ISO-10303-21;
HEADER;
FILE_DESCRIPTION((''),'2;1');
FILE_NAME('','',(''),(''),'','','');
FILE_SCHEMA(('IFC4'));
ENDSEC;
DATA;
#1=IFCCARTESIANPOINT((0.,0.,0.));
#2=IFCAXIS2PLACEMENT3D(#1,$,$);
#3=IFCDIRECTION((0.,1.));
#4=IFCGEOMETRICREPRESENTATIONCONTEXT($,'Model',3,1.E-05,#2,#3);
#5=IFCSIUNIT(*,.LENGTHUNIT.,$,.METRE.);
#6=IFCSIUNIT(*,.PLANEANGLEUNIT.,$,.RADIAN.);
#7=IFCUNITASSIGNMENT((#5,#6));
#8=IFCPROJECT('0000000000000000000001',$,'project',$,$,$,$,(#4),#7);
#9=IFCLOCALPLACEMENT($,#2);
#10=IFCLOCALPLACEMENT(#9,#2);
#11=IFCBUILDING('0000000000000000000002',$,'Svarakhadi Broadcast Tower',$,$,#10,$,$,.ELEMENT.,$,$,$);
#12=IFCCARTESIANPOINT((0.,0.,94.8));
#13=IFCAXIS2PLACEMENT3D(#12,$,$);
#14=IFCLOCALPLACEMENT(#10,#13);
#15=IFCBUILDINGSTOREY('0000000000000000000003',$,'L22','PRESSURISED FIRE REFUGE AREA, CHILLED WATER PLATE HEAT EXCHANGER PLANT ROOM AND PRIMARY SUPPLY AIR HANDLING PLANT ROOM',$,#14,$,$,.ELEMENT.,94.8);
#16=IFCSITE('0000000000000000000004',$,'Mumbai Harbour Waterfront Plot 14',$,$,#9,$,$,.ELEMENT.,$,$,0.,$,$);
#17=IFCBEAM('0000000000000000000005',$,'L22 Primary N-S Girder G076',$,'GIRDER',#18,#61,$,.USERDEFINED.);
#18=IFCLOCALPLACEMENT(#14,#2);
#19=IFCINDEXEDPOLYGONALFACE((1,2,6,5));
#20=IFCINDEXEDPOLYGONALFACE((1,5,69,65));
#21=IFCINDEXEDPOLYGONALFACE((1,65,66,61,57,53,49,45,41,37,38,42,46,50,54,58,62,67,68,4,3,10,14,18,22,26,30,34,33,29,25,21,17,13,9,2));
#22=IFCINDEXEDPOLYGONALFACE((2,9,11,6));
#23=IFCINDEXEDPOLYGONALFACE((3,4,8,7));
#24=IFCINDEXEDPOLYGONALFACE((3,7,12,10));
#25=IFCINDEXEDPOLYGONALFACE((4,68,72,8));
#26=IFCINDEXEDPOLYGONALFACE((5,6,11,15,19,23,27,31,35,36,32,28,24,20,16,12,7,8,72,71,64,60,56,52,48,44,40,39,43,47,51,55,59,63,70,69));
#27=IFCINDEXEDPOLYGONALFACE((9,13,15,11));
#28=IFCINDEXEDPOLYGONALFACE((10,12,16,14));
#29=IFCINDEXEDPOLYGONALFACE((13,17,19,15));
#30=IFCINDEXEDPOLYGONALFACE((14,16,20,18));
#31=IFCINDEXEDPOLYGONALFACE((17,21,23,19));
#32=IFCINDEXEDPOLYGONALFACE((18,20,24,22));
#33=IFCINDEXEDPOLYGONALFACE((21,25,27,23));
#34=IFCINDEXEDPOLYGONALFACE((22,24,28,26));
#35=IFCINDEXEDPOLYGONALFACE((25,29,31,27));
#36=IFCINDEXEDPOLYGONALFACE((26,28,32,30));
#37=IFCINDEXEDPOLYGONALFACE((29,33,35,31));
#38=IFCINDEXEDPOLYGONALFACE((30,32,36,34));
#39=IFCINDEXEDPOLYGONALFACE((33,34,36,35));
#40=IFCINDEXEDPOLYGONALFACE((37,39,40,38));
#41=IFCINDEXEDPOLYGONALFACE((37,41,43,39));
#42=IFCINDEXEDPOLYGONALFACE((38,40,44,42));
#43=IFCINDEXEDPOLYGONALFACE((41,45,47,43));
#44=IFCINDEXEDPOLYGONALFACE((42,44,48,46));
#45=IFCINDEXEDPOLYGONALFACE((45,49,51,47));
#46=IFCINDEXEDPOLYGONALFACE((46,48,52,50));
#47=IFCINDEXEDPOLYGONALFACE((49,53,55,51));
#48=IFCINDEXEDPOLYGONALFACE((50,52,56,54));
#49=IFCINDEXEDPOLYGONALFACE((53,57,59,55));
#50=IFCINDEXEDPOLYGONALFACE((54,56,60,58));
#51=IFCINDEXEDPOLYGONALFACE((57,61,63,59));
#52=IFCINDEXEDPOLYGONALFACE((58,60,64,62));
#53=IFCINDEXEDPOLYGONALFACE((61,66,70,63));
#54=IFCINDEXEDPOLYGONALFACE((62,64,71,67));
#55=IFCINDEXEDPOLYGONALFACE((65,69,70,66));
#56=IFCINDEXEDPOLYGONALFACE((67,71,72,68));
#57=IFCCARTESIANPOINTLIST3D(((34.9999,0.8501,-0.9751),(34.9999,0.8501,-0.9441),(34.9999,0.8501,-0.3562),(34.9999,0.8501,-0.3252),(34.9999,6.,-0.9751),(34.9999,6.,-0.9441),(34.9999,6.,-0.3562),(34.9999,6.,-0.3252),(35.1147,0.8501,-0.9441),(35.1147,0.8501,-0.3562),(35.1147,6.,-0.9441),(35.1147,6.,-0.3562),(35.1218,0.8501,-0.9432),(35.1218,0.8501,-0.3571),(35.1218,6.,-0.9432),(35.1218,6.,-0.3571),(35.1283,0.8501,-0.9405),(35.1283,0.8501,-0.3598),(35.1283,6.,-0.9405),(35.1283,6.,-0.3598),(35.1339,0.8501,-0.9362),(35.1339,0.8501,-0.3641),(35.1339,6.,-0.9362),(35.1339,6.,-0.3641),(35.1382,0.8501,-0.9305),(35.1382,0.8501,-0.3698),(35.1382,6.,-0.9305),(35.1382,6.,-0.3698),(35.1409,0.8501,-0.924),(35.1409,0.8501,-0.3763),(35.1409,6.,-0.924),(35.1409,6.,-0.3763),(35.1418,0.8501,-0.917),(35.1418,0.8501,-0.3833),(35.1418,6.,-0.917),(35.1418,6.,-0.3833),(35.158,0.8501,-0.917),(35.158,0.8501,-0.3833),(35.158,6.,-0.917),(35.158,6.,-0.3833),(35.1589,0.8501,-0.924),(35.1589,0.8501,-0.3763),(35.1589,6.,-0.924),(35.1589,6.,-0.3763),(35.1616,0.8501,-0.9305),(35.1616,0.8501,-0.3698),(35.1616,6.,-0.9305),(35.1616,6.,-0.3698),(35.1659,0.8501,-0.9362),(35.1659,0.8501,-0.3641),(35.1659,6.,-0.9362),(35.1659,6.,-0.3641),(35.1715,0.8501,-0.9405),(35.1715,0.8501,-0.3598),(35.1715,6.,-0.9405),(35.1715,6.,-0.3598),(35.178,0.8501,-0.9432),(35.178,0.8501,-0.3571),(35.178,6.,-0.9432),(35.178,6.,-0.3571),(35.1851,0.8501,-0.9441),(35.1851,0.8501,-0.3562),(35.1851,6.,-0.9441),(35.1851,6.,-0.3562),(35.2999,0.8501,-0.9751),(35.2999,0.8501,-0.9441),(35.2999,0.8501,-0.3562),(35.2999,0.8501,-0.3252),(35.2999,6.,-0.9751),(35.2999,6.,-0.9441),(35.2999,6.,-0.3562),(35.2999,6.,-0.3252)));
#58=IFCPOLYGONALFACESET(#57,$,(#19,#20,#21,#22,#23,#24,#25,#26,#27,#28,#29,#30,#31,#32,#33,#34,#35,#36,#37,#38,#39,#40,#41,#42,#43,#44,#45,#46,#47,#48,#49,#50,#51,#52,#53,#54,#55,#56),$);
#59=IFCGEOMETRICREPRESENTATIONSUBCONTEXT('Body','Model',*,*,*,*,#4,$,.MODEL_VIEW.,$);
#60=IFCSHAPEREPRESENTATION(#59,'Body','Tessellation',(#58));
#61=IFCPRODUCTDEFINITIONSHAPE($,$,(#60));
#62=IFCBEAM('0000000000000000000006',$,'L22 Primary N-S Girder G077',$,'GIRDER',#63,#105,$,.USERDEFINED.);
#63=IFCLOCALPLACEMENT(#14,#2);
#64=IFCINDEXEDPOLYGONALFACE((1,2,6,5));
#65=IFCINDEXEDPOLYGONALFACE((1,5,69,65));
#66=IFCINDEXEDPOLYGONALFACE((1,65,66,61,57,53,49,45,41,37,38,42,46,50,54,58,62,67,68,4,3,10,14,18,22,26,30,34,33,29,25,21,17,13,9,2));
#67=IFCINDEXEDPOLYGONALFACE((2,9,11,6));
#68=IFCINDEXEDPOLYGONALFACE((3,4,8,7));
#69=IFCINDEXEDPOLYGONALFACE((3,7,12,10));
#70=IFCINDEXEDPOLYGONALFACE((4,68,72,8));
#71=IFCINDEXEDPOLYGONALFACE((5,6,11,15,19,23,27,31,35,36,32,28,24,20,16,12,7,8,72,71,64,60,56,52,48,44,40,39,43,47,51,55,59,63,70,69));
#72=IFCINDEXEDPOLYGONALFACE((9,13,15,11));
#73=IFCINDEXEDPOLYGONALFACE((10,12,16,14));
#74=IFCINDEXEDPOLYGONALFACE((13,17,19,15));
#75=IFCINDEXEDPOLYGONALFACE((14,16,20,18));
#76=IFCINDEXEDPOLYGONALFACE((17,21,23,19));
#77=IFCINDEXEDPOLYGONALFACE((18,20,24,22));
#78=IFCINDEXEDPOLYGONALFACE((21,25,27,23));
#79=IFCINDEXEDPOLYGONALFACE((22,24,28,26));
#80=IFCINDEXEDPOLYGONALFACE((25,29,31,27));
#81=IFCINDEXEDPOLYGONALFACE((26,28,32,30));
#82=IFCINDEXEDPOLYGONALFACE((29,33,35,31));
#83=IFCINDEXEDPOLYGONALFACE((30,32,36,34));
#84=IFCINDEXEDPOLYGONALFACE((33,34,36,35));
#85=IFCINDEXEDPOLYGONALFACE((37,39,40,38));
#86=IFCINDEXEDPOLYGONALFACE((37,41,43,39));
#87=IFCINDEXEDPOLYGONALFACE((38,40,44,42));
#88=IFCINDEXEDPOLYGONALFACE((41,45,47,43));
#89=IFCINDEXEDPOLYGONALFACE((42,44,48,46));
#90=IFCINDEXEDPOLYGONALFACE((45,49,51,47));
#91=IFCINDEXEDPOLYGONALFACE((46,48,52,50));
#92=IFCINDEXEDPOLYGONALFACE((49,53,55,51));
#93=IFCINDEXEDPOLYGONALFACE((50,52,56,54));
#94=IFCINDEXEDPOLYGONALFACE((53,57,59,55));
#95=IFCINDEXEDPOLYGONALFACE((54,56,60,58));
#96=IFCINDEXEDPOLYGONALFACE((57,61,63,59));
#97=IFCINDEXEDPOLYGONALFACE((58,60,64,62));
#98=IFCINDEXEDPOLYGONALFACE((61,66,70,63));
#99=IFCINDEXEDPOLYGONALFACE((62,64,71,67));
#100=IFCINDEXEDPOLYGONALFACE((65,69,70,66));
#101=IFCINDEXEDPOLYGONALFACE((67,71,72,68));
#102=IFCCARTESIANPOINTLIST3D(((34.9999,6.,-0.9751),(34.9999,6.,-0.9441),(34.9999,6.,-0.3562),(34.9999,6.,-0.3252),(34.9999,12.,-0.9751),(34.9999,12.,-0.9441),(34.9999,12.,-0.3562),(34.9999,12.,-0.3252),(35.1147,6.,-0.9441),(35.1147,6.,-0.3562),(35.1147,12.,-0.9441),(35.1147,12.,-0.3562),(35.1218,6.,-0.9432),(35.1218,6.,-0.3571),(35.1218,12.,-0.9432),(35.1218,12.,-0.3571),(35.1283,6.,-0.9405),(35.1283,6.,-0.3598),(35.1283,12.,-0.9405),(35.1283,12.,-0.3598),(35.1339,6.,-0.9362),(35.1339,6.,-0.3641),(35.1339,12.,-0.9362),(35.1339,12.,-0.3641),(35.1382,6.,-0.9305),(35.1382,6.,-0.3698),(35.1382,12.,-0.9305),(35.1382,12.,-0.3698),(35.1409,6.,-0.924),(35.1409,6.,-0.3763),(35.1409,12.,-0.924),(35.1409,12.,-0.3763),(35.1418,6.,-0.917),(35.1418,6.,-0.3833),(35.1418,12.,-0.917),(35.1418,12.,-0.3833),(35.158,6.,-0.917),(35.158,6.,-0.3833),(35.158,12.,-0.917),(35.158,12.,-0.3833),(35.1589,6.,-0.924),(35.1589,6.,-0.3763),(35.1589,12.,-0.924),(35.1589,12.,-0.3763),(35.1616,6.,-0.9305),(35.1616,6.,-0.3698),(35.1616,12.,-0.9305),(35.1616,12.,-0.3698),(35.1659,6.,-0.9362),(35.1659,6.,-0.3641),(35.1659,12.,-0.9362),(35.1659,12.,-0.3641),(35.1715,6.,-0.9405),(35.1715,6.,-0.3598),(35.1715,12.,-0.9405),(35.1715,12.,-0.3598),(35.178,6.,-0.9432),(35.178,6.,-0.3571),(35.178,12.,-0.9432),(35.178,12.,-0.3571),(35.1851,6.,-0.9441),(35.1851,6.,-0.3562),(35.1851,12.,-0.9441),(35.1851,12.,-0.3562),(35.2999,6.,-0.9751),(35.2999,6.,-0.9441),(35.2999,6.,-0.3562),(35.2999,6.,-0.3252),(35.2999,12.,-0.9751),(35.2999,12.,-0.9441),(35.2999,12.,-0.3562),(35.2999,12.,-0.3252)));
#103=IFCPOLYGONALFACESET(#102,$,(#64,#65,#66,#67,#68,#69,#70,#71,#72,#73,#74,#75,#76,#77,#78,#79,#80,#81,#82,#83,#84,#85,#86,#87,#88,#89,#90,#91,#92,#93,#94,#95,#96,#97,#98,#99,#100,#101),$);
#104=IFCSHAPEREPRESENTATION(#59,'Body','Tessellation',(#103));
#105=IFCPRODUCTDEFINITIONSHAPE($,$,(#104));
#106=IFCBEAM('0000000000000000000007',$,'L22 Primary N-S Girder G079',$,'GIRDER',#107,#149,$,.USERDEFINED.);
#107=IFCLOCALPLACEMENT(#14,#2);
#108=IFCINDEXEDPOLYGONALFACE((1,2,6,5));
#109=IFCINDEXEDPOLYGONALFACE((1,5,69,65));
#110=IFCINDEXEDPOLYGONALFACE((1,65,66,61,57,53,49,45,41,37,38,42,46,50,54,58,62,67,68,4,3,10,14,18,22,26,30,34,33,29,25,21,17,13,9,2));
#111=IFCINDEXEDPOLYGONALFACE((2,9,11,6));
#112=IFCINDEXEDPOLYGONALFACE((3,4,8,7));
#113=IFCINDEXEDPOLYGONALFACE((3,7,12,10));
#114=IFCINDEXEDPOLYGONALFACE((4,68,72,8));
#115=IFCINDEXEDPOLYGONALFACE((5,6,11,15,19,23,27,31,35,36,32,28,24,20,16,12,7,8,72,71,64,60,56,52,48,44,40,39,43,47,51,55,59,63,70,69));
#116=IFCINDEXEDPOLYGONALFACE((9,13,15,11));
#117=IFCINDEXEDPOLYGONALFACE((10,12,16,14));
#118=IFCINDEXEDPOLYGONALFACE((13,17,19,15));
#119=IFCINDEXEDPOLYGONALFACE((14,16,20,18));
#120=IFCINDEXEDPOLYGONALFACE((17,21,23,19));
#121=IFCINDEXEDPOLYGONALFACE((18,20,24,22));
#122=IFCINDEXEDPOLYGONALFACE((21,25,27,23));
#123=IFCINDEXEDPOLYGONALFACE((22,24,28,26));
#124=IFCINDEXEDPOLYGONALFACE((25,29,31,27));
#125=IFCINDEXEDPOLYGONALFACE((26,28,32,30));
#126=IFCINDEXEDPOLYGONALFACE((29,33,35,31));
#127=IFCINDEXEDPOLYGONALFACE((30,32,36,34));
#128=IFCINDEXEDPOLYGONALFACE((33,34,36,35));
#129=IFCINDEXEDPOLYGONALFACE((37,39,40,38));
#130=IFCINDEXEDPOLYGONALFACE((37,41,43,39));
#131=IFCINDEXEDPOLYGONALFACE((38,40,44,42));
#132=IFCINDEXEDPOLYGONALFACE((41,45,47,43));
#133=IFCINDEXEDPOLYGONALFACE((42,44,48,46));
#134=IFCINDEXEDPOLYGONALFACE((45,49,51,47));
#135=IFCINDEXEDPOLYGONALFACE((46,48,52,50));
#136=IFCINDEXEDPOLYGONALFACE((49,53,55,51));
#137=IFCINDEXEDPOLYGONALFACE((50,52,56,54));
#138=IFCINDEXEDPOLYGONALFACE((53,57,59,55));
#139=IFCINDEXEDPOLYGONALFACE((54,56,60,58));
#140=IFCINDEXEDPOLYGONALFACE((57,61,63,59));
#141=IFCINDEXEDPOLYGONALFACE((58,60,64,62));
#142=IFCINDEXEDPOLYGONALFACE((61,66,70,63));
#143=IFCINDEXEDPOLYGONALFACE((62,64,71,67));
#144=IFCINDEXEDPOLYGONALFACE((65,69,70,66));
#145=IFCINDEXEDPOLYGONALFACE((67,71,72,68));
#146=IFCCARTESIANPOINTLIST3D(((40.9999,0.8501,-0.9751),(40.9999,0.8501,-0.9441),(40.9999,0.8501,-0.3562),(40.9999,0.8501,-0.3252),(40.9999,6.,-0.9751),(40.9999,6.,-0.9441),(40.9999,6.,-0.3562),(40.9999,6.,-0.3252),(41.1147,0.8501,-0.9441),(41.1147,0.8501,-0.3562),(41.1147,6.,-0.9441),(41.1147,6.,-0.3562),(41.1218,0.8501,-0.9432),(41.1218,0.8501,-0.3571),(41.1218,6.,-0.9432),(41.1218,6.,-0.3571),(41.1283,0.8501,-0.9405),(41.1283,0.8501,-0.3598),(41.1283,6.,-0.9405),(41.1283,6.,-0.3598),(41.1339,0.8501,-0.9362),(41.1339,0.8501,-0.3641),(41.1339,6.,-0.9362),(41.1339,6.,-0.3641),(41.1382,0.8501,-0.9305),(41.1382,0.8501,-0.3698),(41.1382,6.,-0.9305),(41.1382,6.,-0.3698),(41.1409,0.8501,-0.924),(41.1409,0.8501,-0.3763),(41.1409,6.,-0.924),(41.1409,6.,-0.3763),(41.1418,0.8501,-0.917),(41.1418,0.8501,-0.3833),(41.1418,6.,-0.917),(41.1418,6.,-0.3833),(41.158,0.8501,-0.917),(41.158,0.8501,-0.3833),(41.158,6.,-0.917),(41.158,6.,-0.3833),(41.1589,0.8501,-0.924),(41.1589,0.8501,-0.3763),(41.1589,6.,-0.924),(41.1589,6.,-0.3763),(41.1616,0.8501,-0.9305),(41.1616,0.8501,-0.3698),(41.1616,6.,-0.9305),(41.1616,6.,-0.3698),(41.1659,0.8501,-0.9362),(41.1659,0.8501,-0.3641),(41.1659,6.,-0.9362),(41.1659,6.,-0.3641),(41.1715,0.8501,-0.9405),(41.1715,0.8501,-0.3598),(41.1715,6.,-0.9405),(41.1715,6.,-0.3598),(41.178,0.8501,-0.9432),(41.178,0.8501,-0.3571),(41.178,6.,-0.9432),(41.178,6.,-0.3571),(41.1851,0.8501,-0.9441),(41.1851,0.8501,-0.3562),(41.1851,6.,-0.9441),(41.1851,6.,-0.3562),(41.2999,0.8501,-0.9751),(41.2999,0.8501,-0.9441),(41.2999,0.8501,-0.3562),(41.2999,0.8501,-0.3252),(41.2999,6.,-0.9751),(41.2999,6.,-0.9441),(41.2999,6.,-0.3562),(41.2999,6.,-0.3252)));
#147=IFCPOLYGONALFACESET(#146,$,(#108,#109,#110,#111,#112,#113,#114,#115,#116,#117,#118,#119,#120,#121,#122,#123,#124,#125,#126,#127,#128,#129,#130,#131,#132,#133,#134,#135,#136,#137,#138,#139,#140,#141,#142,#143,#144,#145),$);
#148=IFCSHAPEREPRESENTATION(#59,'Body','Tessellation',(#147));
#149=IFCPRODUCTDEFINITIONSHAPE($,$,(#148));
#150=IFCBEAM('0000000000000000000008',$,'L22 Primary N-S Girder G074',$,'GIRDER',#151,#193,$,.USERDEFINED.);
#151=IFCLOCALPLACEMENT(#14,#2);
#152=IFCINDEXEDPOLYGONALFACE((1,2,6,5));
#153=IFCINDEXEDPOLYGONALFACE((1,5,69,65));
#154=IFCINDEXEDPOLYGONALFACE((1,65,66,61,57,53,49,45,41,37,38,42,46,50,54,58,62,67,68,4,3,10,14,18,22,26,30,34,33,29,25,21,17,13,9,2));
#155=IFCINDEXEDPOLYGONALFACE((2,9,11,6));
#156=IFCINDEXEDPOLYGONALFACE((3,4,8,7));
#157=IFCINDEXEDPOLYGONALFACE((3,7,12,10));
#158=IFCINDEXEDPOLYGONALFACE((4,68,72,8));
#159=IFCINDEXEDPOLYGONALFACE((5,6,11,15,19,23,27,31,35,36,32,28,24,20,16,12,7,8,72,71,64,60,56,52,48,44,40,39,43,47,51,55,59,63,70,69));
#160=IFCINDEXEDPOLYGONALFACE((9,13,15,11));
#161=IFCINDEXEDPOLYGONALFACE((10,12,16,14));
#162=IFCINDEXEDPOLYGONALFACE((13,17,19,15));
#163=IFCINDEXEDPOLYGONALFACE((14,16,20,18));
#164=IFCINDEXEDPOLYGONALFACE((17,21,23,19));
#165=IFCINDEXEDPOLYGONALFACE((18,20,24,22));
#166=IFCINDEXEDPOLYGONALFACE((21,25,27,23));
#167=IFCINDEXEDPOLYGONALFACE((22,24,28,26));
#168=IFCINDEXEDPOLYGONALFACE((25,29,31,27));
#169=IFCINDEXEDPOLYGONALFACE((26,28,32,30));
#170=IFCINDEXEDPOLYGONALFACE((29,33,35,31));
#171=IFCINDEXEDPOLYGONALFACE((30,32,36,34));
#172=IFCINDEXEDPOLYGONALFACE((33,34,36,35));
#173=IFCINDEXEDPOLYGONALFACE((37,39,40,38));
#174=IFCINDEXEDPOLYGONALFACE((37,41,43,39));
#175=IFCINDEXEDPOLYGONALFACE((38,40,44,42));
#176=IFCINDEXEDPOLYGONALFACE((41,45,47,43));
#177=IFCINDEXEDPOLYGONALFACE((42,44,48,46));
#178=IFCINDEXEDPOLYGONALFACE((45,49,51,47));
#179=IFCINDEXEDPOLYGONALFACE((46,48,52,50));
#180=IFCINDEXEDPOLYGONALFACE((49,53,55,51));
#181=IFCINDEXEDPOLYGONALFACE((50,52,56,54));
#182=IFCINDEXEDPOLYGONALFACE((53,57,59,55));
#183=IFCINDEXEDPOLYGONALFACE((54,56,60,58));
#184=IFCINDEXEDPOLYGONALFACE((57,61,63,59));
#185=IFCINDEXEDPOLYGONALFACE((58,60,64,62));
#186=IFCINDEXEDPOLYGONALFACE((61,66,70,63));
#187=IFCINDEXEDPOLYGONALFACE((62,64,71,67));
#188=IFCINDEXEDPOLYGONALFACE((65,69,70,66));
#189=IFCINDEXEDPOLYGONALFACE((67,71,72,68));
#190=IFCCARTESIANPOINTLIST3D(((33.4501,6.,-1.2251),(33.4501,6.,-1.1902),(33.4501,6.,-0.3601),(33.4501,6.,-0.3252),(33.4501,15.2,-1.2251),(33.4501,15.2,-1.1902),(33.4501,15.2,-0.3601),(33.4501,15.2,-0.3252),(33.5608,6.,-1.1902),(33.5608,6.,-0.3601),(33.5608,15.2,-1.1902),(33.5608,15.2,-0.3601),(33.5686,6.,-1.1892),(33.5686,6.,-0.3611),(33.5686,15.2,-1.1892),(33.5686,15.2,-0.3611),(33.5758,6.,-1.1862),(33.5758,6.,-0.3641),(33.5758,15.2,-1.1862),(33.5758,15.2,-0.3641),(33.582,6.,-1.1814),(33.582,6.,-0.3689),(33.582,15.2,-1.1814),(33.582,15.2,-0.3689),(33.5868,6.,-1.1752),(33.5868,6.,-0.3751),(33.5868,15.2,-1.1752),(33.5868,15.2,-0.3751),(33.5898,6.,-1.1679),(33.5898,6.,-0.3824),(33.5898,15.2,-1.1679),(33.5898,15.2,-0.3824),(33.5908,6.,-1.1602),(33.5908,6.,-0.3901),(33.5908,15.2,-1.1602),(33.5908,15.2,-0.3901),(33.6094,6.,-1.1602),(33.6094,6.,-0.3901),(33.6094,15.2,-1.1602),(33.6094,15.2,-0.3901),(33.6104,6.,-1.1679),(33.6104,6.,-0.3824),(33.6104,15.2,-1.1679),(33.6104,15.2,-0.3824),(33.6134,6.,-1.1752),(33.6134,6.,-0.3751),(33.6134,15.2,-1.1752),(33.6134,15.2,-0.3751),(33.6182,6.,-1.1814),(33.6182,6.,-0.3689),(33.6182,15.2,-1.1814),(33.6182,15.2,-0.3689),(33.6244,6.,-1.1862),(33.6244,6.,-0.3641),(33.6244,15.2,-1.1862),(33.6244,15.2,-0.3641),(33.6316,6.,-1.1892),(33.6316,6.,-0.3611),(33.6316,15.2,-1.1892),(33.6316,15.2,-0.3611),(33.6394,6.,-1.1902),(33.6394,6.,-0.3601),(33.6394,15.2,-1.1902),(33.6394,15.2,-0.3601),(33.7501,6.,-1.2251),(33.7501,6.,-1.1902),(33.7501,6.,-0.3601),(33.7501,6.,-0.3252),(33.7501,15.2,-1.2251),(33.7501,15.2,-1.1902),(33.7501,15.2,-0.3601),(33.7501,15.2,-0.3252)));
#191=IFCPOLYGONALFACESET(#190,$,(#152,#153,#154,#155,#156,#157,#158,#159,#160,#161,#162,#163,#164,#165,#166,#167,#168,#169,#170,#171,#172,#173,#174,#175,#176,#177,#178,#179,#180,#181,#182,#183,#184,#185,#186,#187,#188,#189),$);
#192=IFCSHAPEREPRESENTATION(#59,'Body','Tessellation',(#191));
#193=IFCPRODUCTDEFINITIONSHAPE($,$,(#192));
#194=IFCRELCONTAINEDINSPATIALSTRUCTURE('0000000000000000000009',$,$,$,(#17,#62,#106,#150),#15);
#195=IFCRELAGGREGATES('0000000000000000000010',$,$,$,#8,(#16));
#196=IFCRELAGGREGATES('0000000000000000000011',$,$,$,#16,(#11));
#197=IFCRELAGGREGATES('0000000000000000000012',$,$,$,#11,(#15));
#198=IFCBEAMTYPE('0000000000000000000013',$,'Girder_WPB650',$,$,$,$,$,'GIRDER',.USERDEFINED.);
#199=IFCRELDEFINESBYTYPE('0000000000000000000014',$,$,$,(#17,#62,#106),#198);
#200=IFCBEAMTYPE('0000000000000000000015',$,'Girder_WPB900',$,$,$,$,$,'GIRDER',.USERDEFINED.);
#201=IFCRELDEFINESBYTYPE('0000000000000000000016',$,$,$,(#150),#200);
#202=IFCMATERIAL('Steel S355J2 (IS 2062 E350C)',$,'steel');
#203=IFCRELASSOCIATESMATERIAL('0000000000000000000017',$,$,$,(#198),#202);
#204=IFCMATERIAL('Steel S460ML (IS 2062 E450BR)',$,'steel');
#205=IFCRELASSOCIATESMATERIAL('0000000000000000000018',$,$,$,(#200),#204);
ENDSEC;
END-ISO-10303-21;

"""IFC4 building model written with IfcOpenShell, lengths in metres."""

from ifc_helpers import new_model, si_unit, direction, frame, origin, origin_2d, place, context, subcontext, project, spatial, i_section, extrude, material, material_profile, profile_set, type_object, element, save


model = new_model("IFC4")

# Units and contexts
model_context = context("Model", 3, precision=1e-05, world=origin(), true_north=direction((0.0, 1.0)))
body_context = subcontext(model_context, "Body", "Model", "MODEL_VIEW")
ifc_project = project(units=[si_unit("LENGTHUNIT", "METRE"), si_unit("PLANEANGLEUNIT", "RADIAN")], contexts=[model_context])

# Site, building, storey
site_placement = place(None, origin())
site = spatial("IfcSite", under=ifc_project, at=site_placement, Name="Mumbai Harbour Waterfront Plot 14", CompositionType="ELEMENT", RefElevation=0.0)
building_placement = place(site_placement, origin())
building = spatial("IfcBuilding", under=site, at=building_placement, Name="Svarakhadi Broadcast Tower", CompositionType="ELEMENT")
storey_placement = place(building_placement, frame((0.0, 0.0, 94.8)))
storey = spatial("IfcBuildingStorey", under=building, at=storey_placement, Name="L22", Description="PRESSURISED FIRE REFUGE AREA, CHILLED WATER PLATE HEAT EXCHANGER PLANT ROOM AND PRIMARY SUPPLY AIR HANDLING PLANT ROOM", CompositionType="ELEMENT", Elevation=94.8)

# Shared definitions
ifc_material_1 = material(Name="Steel S460ML (IS 2062 E450BR)", Category="steel")

# Shared definitions
ifc_material_2 = material(Name="Steel S355J2 (IS 2062 E350C)", Category="steel")

# Beams
ifc_material_profile_1 = material_profile(ifc_material_2, i_section(OverallWidth=0.3, OverallDepth=0.6499, WebThickness=0.0161, FlangeThickness=0.031, FilletRadius=0.0271, at=origin_2d()), Name="WPB 650x300x225")
ifc_profile_set_1 = profile_set([ifc_material_profile_1], Name="Steel S355J2 (IS 2062 E350C)")
beam_type_1 = type_object("IfcBeamType", Name="Girder_WPB650", ElementType="GIRDER", PredefinedType="USERDEFINED", material=ifc_profile_set_1)
beam_1_placement = place(storey_placement, frame((35.1499, 0.8501, -0.6501), z_axis=(0.0, 1.0, 0.0), x_axis=(-1.0, 0.0, 0.0)))
element("IfcBeam", 1, at=beam_1_placement, inside=storey, type_object=beam_type_1, Name="L22 Primary N-S Girder G076", ObjectType="GIRDER", PredefinedType="USERDEFINED", context=body_context, shape_type="SweptSolid", body=[
    extrude(i_section(OverallWidth=0.3, OverallDepth=0.6499, WebThickness=0.0161, FlangeThickness=0.031, FilletRadius=0.0271, at=origin_2d()), origin(), (0.0, 0.0, 1.0), 5.1499),
])
beam_2_placement = place(storey_placement, frame((35.1499, 6.0, -0.6501), z_axis=(0.0, 1.0, 0.0), x_axis=(-1.0, 0.0, 0.0)))
element("IfcBeam", 2, at=beam_2_placement, inside=storey, type_object=beam_type_1, Name="L22 Primary N-S Girder G077", ObjectType="GIRDER", PredefinedType="USERDEFINED", context=body_context, shape_type="SweptSolid", body=[
    extrude(i_section(OverallWidth=0.3, OverallDepth=0.6499, WebThickness=0.0161, FlangeThickness=0.031, FilletRadius=0.0271, at=origin_2d()), origin(), (0.0, 0.0, 1.0), 6.0),
])
beam_3_placement = place(storey_placement, frame((41.1499, 0.8501, -0.6501), z_axis=(0.0, 1.0, 0.0), x_axis=(-1.0, 0.0, 0.0)))
element("IfcBeam", 3, at=beam_3_placement, inside=storey, type_object=beam_type_1, Name="L22 Primary N-S Girder G079", ObjectType="GIRDER", PredefinedType="USERDEFINED", context=body_context, shape_type="SweptSolid", body=[
    extrude(i_section(OverallWidth=0.3, OverallDepth=0.6499, WebThickness=0.0161, FlangeThickness=0.031, FilletRadius=0.0271, at=origin_2d()), origin(), (0.0, 0.0, 1.0), 5.1499),
])
ifc_material_profile_2 = material_profile(ifc_material_1, i_section(OverallWidth=0.3, OverallDepth=0.8999, WebThickness=0.0186, FlangeThickness=0.0349, FilletRadius=0.03, at=origin_2d()), Name="WPB 900x300x291")
ifc_profile_set_2 = profile_set([ifc_material_profile_2], Name="Steel S460ML (IS 2062 E450BR)")
beam_type_2 = type_object("IfcBeamType", Name="Girder_WPB900", ElementType="GIRDER", PredefinedType="USERDEFINED", material=ifc_profile_set_2)
beam_4_placement = place(storey_placement, frame((33.6001, 6.0, -0.7751), z_axis=(0.0, 1.0, 0.0), x_axis=(-1.0, 0.0, 0.0)))
element("IfcBeam", 4, at=beam_4_placement, inside=storey, type_object=beam_type_2, Name="L22 Primary N-S Girder G074", ObjectType="GIRDER", PredefinedType="USERDEFINED", context=body_context, shape_type="SweptSolid", body=[
    extrude(i_section(OverallWidth=0.3, OverallDepth=0.8999, WebThickness=0.0186, FlangeThickness=0.0349, FilletRadius=0.03, at=origin_2d()), origin(), (0.0, 0.0, 1.0), 9.2),
])

save(model, "model.ifc")
